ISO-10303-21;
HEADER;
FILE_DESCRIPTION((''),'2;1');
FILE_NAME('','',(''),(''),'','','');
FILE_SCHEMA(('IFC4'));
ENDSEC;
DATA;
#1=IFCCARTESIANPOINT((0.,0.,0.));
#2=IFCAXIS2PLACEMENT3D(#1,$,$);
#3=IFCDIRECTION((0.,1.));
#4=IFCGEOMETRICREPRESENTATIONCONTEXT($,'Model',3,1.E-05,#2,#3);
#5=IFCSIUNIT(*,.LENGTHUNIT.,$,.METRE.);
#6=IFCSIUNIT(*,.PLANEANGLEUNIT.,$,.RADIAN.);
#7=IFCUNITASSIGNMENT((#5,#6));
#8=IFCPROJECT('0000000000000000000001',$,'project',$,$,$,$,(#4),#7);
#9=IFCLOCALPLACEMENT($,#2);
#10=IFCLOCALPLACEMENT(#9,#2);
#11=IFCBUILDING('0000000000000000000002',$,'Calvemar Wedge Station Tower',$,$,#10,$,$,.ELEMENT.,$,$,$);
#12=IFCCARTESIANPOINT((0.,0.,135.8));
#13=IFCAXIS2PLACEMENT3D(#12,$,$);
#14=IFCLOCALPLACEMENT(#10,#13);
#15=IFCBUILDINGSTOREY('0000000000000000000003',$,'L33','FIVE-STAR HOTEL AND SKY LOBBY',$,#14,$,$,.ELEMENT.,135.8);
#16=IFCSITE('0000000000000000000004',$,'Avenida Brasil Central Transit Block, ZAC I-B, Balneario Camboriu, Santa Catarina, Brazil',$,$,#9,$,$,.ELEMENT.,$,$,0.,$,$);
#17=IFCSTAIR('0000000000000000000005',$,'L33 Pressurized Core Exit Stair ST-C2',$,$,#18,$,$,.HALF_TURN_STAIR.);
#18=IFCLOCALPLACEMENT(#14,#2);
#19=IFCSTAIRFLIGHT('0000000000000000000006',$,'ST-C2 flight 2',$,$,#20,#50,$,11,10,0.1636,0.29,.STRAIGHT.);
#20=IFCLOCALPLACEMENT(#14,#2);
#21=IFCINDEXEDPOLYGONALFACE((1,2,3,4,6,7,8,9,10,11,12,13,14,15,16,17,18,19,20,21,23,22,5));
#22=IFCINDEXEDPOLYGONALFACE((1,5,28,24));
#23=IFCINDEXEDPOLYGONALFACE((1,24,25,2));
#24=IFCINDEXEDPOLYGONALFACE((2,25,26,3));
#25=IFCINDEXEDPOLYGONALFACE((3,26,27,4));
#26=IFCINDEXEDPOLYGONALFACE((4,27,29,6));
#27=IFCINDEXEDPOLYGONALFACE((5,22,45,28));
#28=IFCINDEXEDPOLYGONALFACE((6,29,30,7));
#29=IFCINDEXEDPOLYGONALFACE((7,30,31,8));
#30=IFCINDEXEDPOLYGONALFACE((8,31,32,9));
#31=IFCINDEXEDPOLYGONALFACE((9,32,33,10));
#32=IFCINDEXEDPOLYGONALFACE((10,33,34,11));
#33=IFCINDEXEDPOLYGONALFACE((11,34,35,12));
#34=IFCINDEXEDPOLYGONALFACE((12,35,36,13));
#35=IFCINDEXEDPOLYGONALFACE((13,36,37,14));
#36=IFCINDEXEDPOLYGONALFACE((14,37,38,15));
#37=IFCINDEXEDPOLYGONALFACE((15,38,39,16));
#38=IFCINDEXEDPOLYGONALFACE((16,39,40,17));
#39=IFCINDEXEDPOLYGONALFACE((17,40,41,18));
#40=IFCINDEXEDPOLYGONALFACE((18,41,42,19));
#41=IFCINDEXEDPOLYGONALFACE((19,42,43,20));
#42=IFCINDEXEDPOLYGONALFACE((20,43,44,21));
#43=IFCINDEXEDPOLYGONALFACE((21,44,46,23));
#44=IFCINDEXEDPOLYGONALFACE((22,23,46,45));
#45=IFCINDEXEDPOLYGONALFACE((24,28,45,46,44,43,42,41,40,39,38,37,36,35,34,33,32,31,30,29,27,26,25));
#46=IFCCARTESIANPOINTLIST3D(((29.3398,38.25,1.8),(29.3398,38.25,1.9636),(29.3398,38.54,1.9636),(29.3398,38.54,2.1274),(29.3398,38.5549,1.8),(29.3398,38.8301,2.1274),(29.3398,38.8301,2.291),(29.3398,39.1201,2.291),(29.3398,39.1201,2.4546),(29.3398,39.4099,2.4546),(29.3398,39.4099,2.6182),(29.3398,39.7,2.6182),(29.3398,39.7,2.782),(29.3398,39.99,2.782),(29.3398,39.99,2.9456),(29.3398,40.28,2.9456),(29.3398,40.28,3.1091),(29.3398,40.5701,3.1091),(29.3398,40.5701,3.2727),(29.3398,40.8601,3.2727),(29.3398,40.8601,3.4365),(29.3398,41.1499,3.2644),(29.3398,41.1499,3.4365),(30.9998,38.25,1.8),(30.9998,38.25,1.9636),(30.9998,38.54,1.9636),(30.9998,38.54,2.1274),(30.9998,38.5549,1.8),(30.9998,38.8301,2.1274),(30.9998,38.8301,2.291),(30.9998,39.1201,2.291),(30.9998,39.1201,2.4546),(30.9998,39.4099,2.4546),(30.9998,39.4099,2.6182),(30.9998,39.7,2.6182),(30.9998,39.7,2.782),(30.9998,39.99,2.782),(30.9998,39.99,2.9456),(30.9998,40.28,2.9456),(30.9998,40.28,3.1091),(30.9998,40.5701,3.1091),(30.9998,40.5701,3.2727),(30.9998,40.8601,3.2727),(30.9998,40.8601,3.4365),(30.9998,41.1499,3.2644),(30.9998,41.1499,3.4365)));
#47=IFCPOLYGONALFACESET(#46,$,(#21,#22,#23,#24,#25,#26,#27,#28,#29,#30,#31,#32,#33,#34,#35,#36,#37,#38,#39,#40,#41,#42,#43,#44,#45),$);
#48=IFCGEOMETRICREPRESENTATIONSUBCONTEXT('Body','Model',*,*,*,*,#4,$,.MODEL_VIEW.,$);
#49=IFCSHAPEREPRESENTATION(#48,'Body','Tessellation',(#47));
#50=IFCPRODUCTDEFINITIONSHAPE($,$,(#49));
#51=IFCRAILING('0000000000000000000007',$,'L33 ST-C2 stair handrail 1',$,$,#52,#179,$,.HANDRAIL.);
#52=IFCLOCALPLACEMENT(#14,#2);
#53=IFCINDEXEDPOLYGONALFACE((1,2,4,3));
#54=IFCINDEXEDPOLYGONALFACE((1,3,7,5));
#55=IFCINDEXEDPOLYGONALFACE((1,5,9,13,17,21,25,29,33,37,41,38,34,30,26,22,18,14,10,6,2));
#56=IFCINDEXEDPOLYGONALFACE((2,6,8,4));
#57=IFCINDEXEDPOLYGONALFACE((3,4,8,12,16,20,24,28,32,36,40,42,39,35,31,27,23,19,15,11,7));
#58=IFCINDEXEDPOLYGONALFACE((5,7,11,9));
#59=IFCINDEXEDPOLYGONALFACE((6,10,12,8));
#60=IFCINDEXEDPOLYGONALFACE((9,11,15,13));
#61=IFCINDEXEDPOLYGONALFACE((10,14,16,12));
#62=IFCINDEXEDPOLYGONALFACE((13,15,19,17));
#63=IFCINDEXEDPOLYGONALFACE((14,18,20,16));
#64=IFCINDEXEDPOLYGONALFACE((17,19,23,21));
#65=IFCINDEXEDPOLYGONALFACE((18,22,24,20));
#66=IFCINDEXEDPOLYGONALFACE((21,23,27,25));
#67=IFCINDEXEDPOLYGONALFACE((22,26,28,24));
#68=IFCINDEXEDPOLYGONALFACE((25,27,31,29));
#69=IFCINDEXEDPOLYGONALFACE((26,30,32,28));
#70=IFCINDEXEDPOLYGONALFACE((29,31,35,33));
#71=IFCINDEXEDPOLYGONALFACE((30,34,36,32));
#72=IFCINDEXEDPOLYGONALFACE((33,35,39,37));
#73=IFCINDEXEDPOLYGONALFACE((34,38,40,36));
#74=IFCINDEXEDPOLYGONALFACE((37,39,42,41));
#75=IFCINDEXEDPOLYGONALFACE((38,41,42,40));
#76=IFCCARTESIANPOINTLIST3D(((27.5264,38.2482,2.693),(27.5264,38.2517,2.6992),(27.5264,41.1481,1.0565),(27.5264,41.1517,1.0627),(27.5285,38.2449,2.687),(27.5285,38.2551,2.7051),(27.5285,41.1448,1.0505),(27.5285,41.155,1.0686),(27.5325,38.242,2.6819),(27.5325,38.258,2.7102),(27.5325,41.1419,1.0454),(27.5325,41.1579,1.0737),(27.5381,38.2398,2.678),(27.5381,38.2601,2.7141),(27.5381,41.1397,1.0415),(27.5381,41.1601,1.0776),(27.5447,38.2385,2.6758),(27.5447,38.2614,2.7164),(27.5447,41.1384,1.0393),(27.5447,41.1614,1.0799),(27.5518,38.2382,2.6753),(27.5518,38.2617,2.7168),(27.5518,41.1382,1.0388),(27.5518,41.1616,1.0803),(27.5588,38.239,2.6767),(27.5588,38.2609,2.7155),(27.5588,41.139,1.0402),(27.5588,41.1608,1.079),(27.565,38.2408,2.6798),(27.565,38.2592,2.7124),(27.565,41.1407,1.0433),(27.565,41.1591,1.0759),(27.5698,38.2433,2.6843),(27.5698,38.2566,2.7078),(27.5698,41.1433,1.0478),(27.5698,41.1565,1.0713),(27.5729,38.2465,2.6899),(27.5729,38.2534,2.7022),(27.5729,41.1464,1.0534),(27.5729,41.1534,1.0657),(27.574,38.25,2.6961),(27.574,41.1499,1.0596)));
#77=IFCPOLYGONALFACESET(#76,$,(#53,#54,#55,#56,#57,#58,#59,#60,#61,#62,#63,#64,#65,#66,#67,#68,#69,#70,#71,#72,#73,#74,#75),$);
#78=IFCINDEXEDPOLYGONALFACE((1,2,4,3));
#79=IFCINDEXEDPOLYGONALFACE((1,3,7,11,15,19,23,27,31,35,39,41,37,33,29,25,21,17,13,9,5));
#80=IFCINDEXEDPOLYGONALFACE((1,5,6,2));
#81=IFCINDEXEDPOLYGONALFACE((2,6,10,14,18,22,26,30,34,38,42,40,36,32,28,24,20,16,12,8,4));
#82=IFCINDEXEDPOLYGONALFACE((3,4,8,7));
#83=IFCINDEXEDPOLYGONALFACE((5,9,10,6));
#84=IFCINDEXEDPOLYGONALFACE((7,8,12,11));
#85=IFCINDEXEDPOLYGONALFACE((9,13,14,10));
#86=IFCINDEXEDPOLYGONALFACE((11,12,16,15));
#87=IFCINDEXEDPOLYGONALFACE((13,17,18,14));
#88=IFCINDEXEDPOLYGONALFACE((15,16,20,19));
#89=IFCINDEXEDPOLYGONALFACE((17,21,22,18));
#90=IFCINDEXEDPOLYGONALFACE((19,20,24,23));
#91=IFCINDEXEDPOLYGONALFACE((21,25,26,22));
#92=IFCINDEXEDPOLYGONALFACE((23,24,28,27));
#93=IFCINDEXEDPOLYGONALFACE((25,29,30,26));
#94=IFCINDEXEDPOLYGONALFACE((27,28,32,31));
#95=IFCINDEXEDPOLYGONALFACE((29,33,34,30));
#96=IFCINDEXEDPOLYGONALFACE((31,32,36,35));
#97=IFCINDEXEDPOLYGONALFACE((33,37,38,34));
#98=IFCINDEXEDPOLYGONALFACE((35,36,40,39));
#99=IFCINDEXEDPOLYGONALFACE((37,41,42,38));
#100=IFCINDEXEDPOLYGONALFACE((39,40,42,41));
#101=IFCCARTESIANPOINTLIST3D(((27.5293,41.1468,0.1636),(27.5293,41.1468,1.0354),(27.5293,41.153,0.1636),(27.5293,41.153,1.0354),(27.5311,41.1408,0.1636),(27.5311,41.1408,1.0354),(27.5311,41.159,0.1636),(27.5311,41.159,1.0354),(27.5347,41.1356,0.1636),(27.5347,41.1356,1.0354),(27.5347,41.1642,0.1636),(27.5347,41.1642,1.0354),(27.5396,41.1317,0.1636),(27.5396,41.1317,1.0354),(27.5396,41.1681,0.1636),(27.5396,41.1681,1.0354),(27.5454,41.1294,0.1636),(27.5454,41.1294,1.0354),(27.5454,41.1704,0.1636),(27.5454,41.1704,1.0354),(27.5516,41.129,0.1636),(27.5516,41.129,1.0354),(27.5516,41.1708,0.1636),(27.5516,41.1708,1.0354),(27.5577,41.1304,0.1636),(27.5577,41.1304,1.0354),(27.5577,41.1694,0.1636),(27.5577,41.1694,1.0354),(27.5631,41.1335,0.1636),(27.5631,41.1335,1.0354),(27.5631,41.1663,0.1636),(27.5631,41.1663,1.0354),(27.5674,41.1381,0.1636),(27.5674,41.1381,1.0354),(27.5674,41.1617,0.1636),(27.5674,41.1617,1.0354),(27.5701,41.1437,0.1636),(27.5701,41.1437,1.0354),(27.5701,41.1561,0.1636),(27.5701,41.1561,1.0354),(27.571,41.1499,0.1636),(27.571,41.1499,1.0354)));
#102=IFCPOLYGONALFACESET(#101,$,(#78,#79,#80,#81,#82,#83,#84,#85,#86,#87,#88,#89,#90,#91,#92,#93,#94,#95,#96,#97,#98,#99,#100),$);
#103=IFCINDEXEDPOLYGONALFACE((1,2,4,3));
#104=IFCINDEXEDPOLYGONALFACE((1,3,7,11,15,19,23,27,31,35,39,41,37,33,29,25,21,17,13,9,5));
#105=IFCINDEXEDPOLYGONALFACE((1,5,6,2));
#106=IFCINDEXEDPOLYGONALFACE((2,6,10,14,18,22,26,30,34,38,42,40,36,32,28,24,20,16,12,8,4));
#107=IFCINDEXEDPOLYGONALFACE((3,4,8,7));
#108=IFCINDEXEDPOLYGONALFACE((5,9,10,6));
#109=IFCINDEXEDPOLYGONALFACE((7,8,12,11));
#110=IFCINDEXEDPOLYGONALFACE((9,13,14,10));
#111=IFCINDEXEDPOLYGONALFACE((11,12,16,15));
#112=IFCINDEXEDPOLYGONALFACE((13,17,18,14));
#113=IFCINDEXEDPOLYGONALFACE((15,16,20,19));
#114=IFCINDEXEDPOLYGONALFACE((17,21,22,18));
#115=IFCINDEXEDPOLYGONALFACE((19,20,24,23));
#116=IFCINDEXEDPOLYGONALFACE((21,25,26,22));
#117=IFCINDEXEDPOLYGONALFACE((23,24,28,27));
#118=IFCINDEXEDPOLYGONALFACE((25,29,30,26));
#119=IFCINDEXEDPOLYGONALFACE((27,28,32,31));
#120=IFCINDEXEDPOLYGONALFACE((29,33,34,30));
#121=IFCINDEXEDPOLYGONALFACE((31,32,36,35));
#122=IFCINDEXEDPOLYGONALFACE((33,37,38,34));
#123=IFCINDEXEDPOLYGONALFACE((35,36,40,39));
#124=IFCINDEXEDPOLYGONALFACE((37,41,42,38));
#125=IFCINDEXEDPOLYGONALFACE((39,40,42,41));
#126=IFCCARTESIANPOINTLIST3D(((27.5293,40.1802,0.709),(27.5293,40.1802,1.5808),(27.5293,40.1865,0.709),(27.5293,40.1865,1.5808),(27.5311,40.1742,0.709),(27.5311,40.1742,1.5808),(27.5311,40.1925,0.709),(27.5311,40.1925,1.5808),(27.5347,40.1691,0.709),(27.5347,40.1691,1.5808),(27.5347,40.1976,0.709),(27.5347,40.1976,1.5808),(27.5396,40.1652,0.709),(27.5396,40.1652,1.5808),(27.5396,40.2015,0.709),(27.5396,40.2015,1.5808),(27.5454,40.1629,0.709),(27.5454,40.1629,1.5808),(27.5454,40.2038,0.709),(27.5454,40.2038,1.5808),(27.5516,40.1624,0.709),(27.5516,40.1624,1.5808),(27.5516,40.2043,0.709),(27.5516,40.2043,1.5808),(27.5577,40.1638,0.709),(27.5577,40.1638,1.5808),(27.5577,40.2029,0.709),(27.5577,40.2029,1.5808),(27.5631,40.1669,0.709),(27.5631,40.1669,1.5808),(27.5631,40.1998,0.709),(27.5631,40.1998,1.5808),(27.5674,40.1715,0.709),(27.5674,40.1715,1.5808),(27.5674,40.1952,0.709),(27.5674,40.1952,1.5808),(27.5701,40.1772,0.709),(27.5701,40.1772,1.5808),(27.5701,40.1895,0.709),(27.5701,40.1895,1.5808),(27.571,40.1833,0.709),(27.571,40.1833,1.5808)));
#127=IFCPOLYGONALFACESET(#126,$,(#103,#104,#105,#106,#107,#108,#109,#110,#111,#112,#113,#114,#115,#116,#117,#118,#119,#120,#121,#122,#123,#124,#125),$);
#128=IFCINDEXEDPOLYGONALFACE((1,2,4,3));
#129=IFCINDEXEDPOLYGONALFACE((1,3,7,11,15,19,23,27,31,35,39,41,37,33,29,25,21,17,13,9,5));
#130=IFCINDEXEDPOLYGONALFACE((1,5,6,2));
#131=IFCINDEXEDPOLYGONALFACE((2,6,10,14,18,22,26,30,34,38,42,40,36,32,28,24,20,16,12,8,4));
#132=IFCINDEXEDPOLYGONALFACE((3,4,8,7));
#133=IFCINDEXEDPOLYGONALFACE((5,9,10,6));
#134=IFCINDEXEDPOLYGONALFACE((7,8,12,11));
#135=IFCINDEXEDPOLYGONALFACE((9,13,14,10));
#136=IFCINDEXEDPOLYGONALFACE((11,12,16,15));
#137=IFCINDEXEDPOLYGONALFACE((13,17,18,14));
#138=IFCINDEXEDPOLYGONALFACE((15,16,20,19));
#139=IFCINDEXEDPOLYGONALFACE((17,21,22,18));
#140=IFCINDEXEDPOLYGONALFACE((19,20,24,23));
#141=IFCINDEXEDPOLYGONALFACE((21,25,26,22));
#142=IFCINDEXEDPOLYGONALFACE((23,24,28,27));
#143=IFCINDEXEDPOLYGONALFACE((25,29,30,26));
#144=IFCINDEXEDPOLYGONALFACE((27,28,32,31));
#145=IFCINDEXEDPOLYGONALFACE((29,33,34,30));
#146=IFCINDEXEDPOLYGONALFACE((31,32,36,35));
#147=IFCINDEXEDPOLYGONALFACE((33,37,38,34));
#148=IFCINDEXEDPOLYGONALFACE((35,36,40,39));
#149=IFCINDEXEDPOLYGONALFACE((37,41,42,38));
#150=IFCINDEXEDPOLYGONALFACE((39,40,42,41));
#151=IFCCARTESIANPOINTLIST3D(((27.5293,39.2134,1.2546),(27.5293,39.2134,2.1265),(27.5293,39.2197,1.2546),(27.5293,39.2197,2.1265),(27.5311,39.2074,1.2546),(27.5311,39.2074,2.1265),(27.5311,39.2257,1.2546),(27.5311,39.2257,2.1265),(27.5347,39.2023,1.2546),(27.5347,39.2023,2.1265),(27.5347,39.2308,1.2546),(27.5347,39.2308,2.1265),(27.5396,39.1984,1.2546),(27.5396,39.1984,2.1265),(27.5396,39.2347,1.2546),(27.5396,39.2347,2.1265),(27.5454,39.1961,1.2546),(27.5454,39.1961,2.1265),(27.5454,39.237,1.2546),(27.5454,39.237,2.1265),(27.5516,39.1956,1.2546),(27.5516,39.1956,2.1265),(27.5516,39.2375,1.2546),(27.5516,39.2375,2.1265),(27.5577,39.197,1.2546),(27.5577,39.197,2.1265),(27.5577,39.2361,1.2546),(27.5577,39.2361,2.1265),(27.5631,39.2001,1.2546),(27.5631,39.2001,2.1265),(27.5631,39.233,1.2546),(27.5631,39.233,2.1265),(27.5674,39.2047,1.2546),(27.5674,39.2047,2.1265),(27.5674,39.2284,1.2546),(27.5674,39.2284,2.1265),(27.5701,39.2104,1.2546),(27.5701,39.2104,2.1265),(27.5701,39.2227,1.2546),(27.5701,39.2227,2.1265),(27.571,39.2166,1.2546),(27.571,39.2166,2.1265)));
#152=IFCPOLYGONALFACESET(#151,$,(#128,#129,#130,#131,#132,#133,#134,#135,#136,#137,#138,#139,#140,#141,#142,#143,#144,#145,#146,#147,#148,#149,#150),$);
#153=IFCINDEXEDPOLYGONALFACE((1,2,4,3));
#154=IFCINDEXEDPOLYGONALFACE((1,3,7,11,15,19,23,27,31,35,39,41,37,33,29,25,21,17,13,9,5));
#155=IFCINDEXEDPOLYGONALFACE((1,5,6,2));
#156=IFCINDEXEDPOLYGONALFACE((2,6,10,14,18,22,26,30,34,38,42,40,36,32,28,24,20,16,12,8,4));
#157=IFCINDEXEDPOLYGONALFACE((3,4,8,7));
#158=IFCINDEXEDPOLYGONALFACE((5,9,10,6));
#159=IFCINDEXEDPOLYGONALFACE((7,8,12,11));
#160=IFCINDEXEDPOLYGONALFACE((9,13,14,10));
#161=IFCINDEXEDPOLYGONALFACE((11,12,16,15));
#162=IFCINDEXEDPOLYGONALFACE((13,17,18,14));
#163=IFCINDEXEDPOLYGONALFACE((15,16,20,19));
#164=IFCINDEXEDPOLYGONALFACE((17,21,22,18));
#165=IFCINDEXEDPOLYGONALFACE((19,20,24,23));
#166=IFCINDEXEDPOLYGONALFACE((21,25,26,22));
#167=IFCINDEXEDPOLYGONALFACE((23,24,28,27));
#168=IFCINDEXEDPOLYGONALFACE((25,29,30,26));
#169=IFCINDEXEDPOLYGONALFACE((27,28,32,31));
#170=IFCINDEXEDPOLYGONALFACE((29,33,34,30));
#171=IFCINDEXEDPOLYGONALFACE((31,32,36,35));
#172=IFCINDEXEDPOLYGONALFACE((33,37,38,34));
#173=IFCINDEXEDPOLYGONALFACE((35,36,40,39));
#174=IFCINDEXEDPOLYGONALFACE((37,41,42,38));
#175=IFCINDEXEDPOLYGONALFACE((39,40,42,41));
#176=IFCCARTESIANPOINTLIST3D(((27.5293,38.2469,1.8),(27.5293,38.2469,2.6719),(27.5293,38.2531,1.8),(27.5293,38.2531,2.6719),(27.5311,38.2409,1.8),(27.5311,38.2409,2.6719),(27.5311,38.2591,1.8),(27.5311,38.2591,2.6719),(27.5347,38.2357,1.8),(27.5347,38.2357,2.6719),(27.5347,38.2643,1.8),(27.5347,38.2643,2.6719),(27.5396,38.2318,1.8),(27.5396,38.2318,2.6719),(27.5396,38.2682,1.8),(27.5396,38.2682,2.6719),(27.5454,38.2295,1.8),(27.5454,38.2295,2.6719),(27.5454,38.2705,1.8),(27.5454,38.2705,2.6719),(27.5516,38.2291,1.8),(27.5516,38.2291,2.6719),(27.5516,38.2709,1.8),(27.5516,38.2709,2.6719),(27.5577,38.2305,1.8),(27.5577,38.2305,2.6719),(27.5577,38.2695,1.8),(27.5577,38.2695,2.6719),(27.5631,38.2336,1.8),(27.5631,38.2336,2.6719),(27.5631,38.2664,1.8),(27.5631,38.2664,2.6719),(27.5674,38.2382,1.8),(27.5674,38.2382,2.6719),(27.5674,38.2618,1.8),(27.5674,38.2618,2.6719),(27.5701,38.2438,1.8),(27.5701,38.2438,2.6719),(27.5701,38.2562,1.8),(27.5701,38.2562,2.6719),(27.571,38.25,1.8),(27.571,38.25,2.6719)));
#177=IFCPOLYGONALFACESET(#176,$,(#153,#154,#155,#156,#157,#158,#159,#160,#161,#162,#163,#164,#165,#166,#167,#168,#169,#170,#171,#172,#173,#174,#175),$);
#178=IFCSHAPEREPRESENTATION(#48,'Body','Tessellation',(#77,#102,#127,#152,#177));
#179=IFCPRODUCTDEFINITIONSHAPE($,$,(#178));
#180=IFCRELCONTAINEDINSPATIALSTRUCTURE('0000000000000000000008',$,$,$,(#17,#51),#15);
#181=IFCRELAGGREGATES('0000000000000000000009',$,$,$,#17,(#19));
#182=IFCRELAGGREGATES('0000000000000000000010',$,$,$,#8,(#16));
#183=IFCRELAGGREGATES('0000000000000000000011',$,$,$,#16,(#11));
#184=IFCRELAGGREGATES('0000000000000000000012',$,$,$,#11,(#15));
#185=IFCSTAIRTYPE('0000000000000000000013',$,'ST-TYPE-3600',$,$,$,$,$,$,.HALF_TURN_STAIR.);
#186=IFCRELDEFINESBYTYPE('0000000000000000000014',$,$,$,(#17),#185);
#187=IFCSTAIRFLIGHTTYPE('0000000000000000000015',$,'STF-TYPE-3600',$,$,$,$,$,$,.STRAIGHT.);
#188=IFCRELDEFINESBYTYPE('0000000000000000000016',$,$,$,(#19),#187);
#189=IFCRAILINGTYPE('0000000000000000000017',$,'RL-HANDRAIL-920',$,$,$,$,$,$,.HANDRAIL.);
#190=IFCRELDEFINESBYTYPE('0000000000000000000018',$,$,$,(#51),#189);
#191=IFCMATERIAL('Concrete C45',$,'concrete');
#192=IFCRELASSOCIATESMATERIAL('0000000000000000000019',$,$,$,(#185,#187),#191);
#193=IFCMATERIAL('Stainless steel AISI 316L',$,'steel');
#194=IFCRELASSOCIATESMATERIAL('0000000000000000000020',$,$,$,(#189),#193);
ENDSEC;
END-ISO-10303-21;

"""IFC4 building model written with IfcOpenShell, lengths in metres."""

from ifc_helpers import new_model, si_unit, direction, frame, origin, origin_2d, place, context, subcontext, project, spatial, polyline, circle, outline, extrude, material, type_object, element, aggregate, save


model = new_model("IFC4")

# Units and contexts
model_context = context("Model", 3, precision=1e-05, world=origin(), true_north=direction((0.0, 1.0)))
body_context = subcontext(model_context, "Body", "Model", "MODEL_VIEW")
ifc_project = project(units=[si_unit("LENGTHUNIT", "METRE"), si_unit("PLANEANGLEUNIT", "RADIAN")], contexts=[model_context])

# Site, building, storey
site_placement = place(None, origin())
site = spatial("IfcSite", under=ifc_project, at=site_placement, Name="Avenida Brasil Central Transit Block, ZAC I-B, Balneario Camboriu, Santa Catarina, Brazil", CompositionType="ELEMENT", RefElevation=0.0)
building_placement = place(site_placement, origin())
building = spatial("IfcBuilding", under=site, at=building_placement, Name="Calvemar Wedge Station Tower", CompositionType="ELEMENT")
storey_placement = place(building_placement, frame((0.0, 0.0, 135.8)))
storey = spatial("IfcBuildingStorey", under=building, at=storey_placement, Name="L33", Description="FIVE-STAR HOTEL AND SKY LOBBY", CompositionType="ELEMENT", Elevation=135.8)

# Stair, stair flight
ifc_material_1 = material(Name="Concrete C45", Category="concrete")
stair_type = type_object("IfcStairType", Name="ST-TYPE-3600", PredefinedType="HALF_TURN_STAIR", material=ifc_material_1)
stair_placement = place(storey_placement, origin())
stair = element("IfcStair", 1, at=stair_placement, inside=storey, type_object=stair_type, Name="L33 Pressurized Core Exit Stair ST-C2", PredefinedType="HALF_TURN_STAIR")
stair_flight_type = type_object("IfcStairFlightType", Name="STF-TYPE-3600", PredefinedType="STRAIGHT", material=ifc_material_1)
stair_flight_1_placement = place(storey_placement, frame((30.1699, 38.25, 1.8), z_axis=(0.0, 0.0, 1.0), x_axis=(0.0, 1.0, 0.0)))
stair_flight_1 = element("IfcStairFlight", 2, at=stair_flight_1_placement, type_object=stair_flight_type, Name="ST-C2 flight 2", NumberOfRisers=11, NumberOfTreads=10, PredefinedType="STRAIGHT", RiserHeight=0.1636, TreadLength=0.29, context=body_context, shape_type="SweptSolid", body=[
    extrude(outline(polyline([(0.0, 0.0), (0.0, 0.1636), (0.29, 0.1636), (0.29, 0.3274), (0.5801, 0.3274), (0.5801, 0.491), (0.8701, 0.491), (0.8701, 0.6545), (1.1599, 0.6545), (1.1599, 0.8181), (1.45, 0.8181), (1.45, 0.9819), (1.74, 0.9819), (1.74, 1.1455), (2.03, 1.1455), (2.03, 1.3091), (2.3201, 1.3091), (2.3201, 1.4727), (2.6101, 1.4727), (2.6101, 1.6365), (2.8999, 1.6365), (2.8999, 1.8), (2.8999, 1.4644), (0.3049, 0.0), (0.0, 0.0)])), frame((0.0, 0.8301, 0.0), z_axis=(0.0, -1.0, 0.0), x_axis=(1.0, 0.0, 0.0)), (0.0, 0.0, 1.0), 1.6599),
])
aggregate(stair, [stair_flight_1])

# Railing
ifc_material_2 = material(Name="Stainless steel AISI 316L", Category="steel")
railing_type_1 = type_object("IfcRailingType", Name="RL-HANDRAIL-920", PredefinedType="HANDRAIL", material=ifc_material_2)
railing_1_placement = place(storey_placement, frame((27.55, 41.1499, 0.1636)))
element("IfcRailing", 3, at=railing_1_placement, inside=storey, type_object=railing_type_1, Name="L33 ST-C2 stair handrail 1", PredefinedType="HANDRAIL", context=body_context, shape_type="SweptSolid", body=[
    extrude(circle(Radius=0.0239, at=origin_2d()), frame((0.0, 0.0, 0.896), z_axis=(0.0, -0.870897, 0.491465), x_axis=(1.0, 0.0, 0.0)), (0.0, 0.0, 1.0), 3.3298),
    extrude(circle(Radius=0.021, at=origin_2d()), origin(), (0.0, 0.0, 1.0), 0.8718),
    extrude(circle(Radius=0.021, at=origin_2d()), frame((0.0, -0.9666, 0.5454)), (0.0, 0.0, 1.0), 0.8718),
    extrude(circle(Radius=0.021, at=origin_2d()), frame((0.0, -1.9333, 1.0911)), (0.0, 0.0, 1.0), 0.8718),
    extrude(circle(Radius=0.021, at=origin_2d()), frame((0.0, -2.8999, 1.6365)), (0.0, 0.0, 1.0), 0.8718),
])

save(model, "model.ifc")
